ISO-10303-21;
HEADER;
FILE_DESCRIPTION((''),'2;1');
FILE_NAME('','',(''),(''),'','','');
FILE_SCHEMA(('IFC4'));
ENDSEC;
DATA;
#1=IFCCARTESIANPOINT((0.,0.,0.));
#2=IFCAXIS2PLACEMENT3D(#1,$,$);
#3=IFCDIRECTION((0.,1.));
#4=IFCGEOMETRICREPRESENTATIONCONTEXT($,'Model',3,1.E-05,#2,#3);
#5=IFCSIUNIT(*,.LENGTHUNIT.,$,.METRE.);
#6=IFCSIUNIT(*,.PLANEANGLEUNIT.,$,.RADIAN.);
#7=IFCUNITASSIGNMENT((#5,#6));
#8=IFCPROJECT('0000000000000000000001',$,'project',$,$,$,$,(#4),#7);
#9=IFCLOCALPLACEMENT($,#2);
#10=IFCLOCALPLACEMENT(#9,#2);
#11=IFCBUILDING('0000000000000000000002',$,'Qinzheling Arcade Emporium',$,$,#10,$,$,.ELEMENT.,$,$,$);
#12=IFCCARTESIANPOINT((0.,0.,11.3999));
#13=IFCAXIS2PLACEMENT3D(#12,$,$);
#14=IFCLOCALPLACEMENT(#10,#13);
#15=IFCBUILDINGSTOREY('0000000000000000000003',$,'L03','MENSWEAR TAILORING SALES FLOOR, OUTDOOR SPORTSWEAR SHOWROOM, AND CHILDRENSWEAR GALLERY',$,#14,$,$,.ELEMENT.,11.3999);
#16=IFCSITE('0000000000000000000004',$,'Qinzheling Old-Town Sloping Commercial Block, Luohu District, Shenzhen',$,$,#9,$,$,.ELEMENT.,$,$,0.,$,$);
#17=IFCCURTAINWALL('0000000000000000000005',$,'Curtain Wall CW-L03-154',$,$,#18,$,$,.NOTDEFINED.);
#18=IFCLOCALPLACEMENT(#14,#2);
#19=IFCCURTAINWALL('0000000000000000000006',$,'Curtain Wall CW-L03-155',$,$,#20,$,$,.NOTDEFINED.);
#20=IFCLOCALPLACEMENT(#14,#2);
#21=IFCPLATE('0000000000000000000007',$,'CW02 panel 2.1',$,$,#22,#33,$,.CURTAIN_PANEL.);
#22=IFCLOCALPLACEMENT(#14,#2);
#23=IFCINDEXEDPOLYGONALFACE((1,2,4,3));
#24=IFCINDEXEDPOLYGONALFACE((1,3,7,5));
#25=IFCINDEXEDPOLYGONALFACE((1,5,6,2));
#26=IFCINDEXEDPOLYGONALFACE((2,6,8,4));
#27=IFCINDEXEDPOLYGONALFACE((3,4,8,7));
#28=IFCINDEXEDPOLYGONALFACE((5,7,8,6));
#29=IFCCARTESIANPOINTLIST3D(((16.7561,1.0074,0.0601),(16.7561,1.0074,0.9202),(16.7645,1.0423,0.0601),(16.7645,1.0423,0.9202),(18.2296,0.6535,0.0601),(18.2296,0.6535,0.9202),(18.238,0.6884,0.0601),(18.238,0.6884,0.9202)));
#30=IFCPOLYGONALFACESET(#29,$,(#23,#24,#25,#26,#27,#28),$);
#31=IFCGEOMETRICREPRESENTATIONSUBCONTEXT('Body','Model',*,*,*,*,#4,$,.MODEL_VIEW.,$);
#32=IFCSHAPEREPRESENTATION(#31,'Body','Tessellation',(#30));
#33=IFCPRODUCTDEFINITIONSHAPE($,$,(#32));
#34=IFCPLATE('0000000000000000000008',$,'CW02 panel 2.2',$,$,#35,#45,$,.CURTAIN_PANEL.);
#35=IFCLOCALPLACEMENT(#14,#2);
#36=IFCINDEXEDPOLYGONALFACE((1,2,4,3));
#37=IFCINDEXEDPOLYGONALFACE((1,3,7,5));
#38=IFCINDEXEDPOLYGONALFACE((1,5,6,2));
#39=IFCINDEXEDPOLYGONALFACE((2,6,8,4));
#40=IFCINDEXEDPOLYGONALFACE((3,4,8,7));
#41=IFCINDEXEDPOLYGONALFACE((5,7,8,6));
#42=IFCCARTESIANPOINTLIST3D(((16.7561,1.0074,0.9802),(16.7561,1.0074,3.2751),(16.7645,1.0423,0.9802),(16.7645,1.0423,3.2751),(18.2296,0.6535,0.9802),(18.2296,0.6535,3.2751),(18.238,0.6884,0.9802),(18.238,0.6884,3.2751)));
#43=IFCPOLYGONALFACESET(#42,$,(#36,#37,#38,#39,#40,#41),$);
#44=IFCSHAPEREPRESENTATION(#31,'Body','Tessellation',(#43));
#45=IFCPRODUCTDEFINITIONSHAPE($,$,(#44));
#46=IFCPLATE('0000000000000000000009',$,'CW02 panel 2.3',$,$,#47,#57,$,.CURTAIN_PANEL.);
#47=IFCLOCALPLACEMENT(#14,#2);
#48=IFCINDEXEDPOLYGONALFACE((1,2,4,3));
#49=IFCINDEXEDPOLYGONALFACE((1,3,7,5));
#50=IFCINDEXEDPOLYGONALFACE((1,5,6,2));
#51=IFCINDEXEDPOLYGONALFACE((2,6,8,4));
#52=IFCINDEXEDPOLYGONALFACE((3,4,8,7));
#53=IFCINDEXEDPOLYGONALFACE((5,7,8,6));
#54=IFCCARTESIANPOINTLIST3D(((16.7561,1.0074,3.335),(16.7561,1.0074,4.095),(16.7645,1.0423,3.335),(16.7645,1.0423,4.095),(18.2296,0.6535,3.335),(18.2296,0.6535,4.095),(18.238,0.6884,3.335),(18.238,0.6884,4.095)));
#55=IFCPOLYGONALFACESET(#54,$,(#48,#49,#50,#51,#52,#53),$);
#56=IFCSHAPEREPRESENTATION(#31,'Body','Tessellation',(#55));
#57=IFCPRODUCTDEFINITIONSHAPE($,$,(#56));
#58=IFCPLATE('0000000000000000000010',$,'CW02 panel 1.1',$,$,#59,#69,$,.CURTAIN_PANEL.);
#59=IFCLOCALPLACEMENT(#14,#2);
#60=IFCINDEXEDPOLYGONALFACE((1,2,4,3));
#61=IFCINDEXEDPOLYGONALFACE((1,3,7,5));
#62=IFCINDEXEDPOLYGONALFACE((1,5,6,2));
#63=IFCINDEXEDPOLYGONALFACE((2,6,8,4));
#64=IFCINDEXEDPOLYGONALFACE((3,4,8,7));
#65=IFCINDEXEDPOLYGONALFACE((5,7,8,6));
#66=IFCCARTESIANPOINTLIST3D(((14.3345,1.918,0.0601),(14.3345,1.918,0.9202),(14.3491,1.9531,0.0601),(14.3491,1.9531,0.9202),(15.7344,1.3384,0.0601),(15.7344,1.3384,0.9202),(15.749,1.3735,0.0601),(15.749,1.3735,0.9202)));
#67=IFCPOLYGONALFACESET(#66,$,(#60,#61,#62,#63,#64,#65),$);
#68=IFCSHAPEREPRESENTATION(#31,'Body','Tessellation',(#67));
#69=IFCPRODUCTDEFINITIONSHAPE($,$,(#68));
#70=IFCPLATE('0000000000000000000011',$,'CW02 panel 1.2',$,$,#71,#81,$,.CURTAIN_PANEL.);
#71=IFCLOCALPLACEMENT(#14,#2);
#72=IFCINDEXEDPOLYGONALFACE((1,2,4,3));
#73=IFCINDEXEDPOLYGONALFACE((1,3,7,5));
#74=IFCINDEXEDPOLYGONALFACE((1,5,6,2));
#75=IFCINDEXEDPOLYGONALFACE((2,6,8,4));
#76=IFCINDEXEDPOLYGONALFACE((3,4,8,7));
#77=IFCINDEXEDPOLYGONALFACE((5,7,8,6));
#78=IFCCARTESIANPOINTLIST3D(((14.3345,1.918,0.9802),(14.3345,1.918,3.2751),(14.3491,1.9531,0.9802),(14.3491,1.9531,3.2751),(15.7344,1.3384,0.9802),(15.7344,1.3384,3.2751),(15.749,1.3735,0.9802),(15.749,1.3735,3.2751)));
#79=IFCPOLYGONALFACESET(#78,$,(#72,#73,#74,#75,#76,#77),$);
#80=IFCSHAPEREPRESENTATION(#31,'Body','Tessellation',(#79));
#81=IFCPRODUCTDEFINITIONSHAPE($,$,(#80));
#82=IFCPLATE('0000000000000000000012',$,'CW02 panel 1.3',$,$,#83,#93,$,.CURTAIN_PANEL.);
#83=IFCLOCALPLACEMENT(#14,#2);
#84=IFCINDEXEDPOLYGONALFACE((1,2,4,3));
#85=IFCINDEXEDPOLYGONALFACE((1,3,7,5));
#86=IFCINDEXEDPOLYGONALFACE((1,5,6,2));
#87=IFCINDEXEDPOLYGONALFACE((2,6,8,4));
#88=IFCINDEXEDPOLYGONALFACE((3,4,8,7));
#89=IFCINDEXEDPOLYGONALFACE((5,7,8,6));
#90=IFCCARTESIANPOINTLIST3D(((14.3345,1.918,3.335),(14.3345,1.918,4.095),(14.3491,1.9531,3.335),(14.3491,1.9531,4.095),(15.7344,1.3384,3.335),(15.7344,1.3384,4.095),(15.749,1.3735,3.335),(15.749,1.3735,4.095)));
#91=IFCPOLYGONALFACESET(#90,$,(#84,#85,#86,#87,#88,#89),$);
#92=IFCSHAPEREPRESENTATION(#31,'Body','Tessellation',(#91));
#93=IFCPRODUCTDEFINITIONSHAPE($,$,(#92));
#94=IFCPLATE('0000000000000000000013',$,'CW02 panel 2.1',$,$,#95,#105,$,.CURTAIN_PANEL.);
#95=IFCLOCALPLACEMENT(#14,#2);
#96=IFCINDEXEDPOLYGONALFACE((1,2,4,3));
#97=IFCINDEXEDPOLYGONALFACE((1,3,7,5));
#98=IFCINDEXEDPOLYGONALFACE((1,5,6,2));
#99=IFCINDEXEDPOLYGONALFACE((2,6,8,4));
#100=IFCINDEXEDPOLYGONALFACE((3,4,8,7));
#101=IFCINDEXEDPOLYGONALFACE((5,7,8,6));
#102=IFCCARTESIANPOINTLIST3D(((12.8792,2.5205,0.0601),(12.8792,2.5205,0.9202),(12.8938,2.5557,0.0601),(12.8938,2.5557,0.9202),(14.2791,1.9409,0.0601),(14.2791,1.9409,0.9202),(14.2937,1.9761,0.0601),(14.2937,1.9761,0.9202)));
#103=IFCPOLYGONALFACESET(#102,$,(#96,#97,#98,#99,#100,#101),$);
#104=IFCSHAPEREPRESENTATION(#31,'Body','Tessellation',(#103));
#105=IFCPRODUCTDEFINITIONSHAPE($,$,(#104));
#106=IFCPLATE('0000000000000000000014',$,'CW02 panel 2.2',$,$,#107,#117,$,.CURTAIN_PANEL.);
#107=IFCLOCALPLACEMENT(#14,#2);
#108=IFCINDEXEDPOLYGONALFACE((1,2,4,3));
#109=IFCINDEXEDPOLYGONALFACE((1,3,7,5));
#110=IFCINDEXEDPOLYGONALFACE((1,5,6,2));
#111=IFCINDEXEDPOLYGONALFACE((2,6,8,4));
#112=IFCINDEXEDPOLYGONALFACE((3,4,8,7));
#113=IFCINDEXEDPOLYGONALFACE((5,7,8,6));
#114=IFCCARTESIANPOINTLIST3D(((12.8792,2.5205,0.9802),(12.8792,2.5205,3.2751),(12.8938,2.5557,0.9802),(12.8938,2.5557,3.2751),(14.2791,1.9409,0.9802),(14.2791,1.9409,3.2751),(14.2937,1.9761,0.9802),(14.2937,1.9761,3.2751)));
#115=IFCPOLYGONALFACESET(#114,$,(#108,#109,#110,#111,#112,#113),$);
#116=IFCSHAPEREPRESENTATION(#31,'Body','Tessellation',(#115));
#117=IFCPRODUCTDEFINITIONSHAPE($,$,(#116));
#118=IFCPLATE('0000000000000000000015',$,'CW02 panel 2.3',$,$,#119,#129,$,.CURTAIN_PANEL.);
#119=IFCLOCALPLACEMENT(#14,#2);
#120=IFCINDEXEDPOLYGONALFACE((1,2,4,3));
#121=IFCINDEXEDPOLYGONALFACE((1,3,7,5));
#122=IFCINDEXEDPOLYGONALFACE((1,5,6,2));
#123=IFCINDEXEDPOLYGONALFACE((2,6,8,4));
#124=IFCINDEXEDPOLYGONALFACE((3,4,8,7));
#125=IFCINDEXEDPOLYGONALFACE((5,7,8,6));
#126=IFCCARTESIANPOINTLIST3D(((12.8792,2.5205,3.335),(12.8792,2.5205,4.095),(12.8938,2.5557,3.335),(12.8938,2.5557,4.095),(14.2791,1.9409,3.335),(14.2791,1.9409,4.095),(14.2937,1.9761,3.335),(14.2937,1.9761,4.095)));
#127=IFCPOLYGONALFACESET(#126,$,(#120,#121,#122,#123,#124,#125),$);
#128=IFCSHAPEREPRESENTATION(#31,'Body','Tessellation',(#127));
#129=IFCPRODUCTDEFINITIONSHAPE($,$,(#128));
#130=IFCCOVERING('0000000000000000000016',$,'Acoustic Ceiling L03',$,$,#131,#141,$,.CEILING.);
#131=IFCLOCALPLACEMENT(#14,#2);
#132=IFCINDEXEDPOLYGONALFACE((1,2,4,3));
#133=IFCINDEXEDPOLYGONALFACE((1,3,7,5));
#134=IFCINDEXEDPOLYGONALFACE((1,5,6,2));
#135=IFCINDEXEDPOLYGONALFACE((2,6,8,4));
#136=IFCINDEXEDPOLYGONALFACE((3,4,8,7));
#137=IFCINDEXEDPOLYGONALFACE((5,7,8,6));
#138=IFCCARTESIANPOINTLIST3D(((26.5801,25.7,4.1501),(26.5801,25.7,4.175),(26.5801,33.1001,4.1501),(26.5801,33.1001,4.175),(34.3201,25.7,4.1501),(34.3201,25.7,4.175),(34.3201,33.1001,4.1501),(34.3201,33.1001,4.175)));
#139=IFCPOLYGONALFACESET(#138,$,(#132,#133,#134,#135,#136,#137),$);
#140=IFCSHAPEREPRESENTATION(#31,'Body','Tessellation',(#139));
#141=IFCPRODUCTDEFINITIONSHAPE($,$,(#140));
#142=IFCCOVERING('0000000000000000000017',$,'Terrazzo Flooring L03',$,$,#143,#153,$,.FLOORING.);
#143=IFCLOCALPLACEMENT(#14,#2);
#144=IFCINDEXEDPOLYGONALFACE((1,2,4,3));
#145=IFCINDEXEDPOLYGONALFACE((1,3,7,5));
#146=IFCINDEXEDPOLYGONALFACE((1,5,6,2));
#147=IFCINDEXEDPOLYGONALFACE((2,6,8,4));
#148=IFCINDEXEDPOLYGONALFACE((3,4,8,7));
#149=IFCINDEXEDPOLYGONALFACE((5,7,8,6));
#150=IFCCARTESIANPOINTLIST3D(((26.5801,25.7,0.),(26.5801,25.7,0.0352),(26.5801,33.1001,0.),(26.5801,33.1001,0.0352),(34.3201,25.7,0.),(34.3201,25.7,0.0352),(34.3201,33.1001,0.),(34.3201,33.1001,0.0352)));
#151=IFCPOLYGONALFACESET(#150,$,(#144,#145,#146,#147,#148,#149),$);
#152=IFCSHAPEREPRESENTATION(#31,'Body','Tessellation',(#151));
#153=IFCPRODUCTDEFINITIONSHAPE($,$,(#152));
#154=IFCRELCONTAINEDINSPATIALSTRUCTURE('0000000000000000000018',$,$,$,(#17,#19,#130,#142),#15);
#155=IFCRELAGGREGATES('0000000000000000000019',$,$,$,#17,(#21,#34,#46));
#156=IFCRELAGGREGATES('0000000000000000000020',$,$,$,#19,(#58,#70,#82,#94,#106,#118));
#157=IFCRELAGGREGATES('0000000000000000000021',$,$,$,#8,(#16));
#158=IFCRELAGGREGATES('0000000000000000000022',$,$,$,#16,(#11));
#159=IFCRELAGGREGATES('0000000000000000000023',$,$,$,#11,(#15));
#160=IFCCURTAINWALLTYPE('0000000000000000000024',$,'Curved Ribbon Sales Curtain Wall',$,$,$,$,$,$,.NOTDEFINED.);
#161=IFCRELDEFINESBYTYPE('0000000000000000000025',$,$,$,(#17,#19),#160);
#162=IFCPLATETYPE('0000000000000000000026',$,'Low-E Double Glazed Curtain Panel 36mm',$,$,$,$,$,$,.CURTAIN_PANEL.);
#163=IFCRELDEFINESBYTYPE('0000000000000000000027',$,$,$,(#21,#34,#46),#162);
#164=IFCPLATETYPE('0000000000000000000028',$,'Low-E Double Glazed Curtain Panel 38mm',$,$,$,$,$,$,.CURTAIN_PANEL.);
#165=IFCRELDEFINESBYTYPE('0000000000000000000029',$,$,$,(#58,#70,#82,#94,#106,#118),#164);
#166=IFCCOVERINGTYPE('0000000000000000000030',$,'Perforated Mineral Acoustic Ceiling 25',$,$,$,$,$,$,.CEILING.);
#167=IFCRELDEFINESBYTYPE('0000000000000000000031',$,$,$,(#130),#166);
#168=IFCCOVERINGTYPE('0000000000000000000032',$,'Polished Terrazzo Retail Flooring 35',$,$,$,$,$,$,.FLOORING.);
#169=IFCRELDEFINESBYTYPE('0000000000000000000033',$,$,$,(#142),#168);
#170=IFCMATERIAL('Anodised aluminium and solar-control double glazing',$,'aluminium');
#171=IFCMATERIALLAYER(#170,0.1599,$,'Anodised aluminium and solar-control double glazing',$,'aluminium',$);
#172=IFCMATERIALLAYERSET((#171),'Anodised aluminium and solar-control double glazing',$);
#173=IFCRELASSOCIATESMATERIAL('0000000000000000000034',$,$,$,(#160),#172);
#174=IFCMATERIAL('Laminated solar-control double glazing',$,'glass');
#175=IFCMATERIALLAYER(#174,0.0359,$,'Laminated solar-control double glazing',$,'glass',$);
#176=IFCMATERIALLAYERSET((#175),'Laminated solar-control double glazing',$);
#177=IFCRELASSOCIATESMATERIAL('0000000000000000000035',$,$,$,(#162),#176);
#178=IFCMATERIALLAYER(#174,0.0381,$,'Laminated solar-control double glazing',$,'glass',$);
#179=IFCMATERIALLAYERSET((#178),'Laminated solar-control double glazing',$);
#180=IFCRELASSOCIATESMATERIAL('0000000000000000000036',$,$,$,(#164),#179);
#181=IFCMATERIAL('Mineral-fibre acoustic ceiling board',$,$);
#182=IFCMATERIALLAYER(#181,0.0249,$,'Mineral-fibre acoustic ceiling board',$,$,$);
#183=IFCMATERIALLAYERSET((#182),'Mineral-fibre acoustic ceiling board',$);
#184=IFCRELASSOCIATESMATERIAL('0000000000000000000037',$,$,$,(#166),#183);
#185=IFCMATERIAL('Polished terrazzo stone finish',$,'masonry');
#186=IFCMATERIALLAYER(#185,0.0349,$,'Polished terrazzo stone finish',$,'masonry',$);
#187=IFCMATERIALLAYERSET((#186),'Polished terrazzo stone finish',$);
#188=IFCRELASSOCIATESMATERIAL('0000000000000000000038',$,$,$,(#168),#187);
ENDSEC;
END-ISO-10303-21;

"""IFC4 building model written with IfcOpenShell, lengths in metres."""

from ifc_helpers import new_model, si_unit, direction, frame, origin, origin_2d, place, context, subcontext, project, spatial, polyline, rectangle, outline, extrude, material, layer, layer_set, type_object, element, aggregate, save


model = new_model("IFC4")

# Units and contexts
model_context = context("Model", 3, precision=1e-05, world=origin(), true_north=direction((0.0, 1.0)))
body_context = subcontext(model_context, "Body", "Model", "MODEL_VIEW")
ifc_project = project(units=[si_unit("LENGTHUNIT", "METRE"), si_unit("PLANEANGLEUNIT", "RADIAN")], contexts=[model_context])

# Site, building, storey
site_placement = place(None, origin())
site = spatial("IfcSite", under=ifc_project, at=site_placement, Name="Qinzheling Old-Town Sloping Commercial Block, Luohu District, Shenzhen", CompositionType="ELEMENT", RefElevation=0.0)
building_placement = place(site_placement, origin())
building = spatial("IfcBuilding", under=site, at=building_placement, Name="Qinzheling Arcade Emporium", CompositionType="ELEMENT")
storey_placement = place(building_placement, frame((0.0, 0.0, 11.3999)))
storey = spatial("IfcBuildingStorey", under=building, at=storey_placement, Name="L03", Description="MENSWEAR TAILORING SALES FLOOR, OUTDOOR SPORTSWEAR SHOWROOM, AND CHILDRENSWEAR GALLERY", CompositionType="ELEMENT", Elevation=11.3999)

# Curtain walls
ifc_material_1 = material(Name="Anodised aluminium and solar-control double glazing", Category="aluminium")
ifc_layer_1 = layer(ifc_material_1, 0.1599, Name="Anodised aluminium and solar-control double glazing", Category="aluminium")
ifc_layer_set_1 = layer_set([ifc_layer_1], Name="Anodised aluminium and solar-control double glazing")
curtain_wall_type = type_object("IfcCurtainWallType", Name="Curved Ribbon Sales Curtain Wall", PredefinedType="NOTDEFINED", material=ifc_layer_set_1)
curtain_wall_1_placement = place(storey_placement, origin())
curtain_wall_1 = element("IfcCurtainWall", 1, at=curtain_wall_1_placement, inside=storey, type_object=curtain_wall_type, Name="Curtain Wall CW-L03-154", PredefinedType="NOTDEFINED")
curtain_wall_2_placement = place(storey_placement, origin())
curtain_wall_2 = element("IfcCurtainWall", 2, at=curtain_wall_2_placement, inside=storey, type_object=curtain_wall_type, Name="Curtain Wall CW-L03-155", PredefinedType="NOTDEFINED")

# Plates
ifc_material_2 = material(Name="Laminated solar-control double glazing", Category="glass")
ifc_layer_2 = layer(ifc_material_2, 0.0359, Name="Laminated solar-control double glazing", Category="glass")
ifc_layer_set_2 = layer_set([ifc_layer_2], Name="Laminated solar-control double glazing")
plate_type_1 = type_object("IfcPlateType", Name="Low-E Double Glazed Curtain Panel 36mm", PredefinedType="CURTAIN_PANEL", material=ifc_layer_set_2)
plate_1_placement = place(storey_placement, frame((17.4971, 0.8479, 0.0601), z_axis=(0.0, 0.0, 1.0), x_axis=(-0.972336, 0.233585, 0.0)))
plate_1 = element("IfcPlate", 3, at=plate_1_placement, type_object=plate_type_1, Name="CW02 panel 2.1", PredefinedType="CURTAIN_PANEL", context=body_context, shape_type="SweptSolid", body=[
    extrude(rectangle(XDim=1.5154, YDim=0.0359, at=origin_2d()), origin(), (0.0, 0.0, 1.0), 0.8601),
])
plate_2_placement = place(storey_placement, frame((17.4971, 0.8479, 0.9802), z_axis=(0.0, 0.0, 1.0), x_axis=(-0.972336, 0.233585, 0.0)))
plate_2 = element("IfcPlate", 4, at=plate_2_placement, type_object=plate_type_1, Name="CW02 panel 2.2", PredefinedType="CURTAIN_PANEL", context=body_context, shape_type="SweptSolid", body=[
    extrude(rectangle(XDim=1.5154, YDim=0.0359, at=origin_2d()), origin(), (0.0, 0.0, 1.0), 2.2949),
])
plate_3_placement = place(storey_placement, frame((17.4971, 0.8479, 3.335), z_axis=(0.0, 0.0, 1.0), x_axis=(-0.972336, 0.233585, 0.0)))
plate_3 = element("IfcPlate", 5, at=plate_3_placement, type_object=plate_type_1, Name="CW02 panel 2.3", PredefinedType="CURTAIN_PANEL", context=body_context, shape_type="SweptSolid", body=[
    extrude(rectangle(XDim=1.5154, YDim=0.0359, at=origin_2d()), origin(), (0.0, 0.0, 1.0), 0.76),
])
aggregate(curtain_wall_1, [plate_1, plate_2, plate_3])
ifc_layer_3 = layer(ifc_material_2, 0.0381, Name="Laminated solar-control double glazing", Category="glass")
ifc_layer_set_3 = layer_set([ifc_layer_3], Name="Laminated solar-control double glazing")
plate_type_2 = type_object("IfcPlateType", Name="Low-E Double Glazed Curtain Panel 38mm", PredefinedType="CURTAIN_PANEL", material=ifc_layer_set_3)
plate_4_placement = place(storey_placement, frame((15.0417, 1.6458, 0.0601), z_axis=(0.0, 0.0, 1.0), x_axis=(-0.923941, 0.382535, 0.0)))
plate_4 = element("IfcPlate", 6, at=plate_4_placement, type_object=plate_type_2, Name="CW02 panel 1.1", PredefinedType="CURTAIN_PANEL", context=body_context, shape_type="SweptSolid", body=[
    extrude(rectangle(XDim=1.5151, YDim=0.0381, at=origin_2d()), origin(), (0.0, 0.0, 1.0), 0.8601),
])
plate_5_placement = place(storey_placement, frame((15.0417, 1.6458, 0.9802), z_axis=(0.0, 0.0, 1.0), x_axis=(-0.923941, 0.382535, 0.0)))
plate_5 = element("IfcPlate", 7, at=plate_5_placement, type_object=plate_type_2, Name="CW02 panel 1.2", PredefinedType="CURTAIN_PANEL", context=body_context, shape_type="SweptSolid", body=[
    extrude(rectangle(XDim=1.5151, YDim=0.0381, at=origin_2d()), origin(), (0.0, 0.0, 1.0), 2.2949),
])
plate_6_placement = place(storey_placement, frame((15.0417, 1.6458, 3.335), z_axis=(0.0, 0.0, 1.0), x_axis=(-0.923941, 0.382535, 0.0)))
plate_6 = element("IfcPlate", 8, at=plate_6_placement, type_object=plate_type_2, Name="CW02 panel 1.3", PredefinedType="CURTAIN_PANEL", context=body_context, shape_type="SweptSolid", body=[
    extrude(rectangle(XDim=1.5151, YDim=0.0381, at=origin_2d()), origin(), (0.0, 0.0, 1.0), 0.76),
])
plate_7_placement = place(storey_placement, frame((13.5864, 2.2483, 0.0601), z_axis=(0.0, 0.0, 1.0), x_axis=(-0.923941, 0.382535, 0.0)))
plate_7 = element("IfcPlate", 9, at=plate_7_placement, type_object=plate_type_2, Name="CW02 panel 2.1", PredefinedType="CURTAIN_PANEL", context=body_context, shape_type="SweptSolid", body=[
    extrude(rectangle(XDim=1.5151, YDim=0.0381, at=origin_2d()), origin(), (0.0, 0.0, 1.0), 0.8601),
])
plate_8_placement = place(storey_placement, frame((13.5864, 2.2483, 0.9802), z_axis=(0.0, 0.0, 1.0), x_axis=(-0.923941, 0.382535, 0.0)))
plate_8 = element("IfcPlate", 10, at=plate_8_placement, type_object=plate_type_2, Name="CW02 panel 2.2", PredefinedType="CURTAIN_PANEL", context=body_context, shape_type="SweptSolid", body=[
    extrude(rectangle(XDim=1.5151, YDim=0.0381, at=origin_2d()), origin(), (0.0, 0.0, 1.0), 2.2949),
])
plate_9_placement = place(storey_placement, frame((13.5864, 2.2483, 3.335), z_axis=(0.0, 0.0, 1.0), x_axis=(-0.923941, 0.382535, 0.0)))
plate_9 = element("IfcPlate", 11, at=plate_9_placement, type_object=plate_type_2, Name="CW02 panel 2.3", PredefinedType="CURTAIN_PANEL", context=body_context, shape_type="SweptSolid", body=[
    extrude(rectangle(XDim=1.5151, YDim=0.0381, at=origin_2d()), origin(), (0.0, 0.0, 1.0), 0.76),
])
aggregate(curtain_wall_2, [plate_4, plate_5, plate_6, plate_7, plate_8, plate_9])

# Coverings
ifc_material_3 = material(Name="Mineral-fibre acoustic ceiling board")
ifc_layer_4 = layer(ifc_material_3, 0.0249, Name="Mineral-fibre acoustic ceiling board")
ifc_layer_set_4 = layer_set([ifc_layer_4], Name="Mineral-fibre acoustic ceiling board")
covering_type_1 = type_object("IfcCoveringType", Name="Perforated Mineral Acoustic Ceiling 25", PredefinedType="CEILING", material=ifc_layer_set_4)
covering_1_placement = place(storey_placement, frame((0.0, 0.0, 4.1501)))
element("IfcCovering", 12, at=covering_1_placement, inside=storey, type_object=covering_type_1, Name="Acoustic Ceiling L03", PredefinedType="CEILING", context=body_context, shape_type="SweptSolid", body=[
    extrude(outline(polyline([(26.5801, 25.7), (34.3201, 25.7), (34.3201, 33.1001), (26.5801, 33.1001), (26.5801, 25.7)])), origin(), (0.0, 0.0, 1.0), 0.0249),
])
ifc_material_4 = material(Name="Polished terrazzo stone finish", Category="masonry")
ifc_layer_5 = layer(ifc_material_4, 0.0349, Name="Polished terrazzo stone finish", Category="masonry")
ifc_layer_set_5 = layer_set([ifc_layer_5], Name="Polished terrazzo stone finish")
covering_type_2 = type_object("IfcCoveringType", Name="Polished Terrazzo Retail Flooring 35", PredefinedType="FLOORING", material=ifc_layer_set_5)
covering_2_placement = place(storey_placement, origin())
element("IfcCovering", 13, at=covering_2_placement, inside=storey, type_object=covering_type_2, Name="Terrazzo Flooring L03", PredefinedType="FLOORING", context=body_context, shape_type="SweptSolid", body=[
    extrude(outline(polyline([(26.5801, 25.7), (34.3201, 25.7), (34.3201, 33.1001), (26.5801, 33.1001), (26.5801, 25.7)])), origin(), (0.0, 0.0, 1.0), 0.0352),
])

save(model, "model.ifc")
